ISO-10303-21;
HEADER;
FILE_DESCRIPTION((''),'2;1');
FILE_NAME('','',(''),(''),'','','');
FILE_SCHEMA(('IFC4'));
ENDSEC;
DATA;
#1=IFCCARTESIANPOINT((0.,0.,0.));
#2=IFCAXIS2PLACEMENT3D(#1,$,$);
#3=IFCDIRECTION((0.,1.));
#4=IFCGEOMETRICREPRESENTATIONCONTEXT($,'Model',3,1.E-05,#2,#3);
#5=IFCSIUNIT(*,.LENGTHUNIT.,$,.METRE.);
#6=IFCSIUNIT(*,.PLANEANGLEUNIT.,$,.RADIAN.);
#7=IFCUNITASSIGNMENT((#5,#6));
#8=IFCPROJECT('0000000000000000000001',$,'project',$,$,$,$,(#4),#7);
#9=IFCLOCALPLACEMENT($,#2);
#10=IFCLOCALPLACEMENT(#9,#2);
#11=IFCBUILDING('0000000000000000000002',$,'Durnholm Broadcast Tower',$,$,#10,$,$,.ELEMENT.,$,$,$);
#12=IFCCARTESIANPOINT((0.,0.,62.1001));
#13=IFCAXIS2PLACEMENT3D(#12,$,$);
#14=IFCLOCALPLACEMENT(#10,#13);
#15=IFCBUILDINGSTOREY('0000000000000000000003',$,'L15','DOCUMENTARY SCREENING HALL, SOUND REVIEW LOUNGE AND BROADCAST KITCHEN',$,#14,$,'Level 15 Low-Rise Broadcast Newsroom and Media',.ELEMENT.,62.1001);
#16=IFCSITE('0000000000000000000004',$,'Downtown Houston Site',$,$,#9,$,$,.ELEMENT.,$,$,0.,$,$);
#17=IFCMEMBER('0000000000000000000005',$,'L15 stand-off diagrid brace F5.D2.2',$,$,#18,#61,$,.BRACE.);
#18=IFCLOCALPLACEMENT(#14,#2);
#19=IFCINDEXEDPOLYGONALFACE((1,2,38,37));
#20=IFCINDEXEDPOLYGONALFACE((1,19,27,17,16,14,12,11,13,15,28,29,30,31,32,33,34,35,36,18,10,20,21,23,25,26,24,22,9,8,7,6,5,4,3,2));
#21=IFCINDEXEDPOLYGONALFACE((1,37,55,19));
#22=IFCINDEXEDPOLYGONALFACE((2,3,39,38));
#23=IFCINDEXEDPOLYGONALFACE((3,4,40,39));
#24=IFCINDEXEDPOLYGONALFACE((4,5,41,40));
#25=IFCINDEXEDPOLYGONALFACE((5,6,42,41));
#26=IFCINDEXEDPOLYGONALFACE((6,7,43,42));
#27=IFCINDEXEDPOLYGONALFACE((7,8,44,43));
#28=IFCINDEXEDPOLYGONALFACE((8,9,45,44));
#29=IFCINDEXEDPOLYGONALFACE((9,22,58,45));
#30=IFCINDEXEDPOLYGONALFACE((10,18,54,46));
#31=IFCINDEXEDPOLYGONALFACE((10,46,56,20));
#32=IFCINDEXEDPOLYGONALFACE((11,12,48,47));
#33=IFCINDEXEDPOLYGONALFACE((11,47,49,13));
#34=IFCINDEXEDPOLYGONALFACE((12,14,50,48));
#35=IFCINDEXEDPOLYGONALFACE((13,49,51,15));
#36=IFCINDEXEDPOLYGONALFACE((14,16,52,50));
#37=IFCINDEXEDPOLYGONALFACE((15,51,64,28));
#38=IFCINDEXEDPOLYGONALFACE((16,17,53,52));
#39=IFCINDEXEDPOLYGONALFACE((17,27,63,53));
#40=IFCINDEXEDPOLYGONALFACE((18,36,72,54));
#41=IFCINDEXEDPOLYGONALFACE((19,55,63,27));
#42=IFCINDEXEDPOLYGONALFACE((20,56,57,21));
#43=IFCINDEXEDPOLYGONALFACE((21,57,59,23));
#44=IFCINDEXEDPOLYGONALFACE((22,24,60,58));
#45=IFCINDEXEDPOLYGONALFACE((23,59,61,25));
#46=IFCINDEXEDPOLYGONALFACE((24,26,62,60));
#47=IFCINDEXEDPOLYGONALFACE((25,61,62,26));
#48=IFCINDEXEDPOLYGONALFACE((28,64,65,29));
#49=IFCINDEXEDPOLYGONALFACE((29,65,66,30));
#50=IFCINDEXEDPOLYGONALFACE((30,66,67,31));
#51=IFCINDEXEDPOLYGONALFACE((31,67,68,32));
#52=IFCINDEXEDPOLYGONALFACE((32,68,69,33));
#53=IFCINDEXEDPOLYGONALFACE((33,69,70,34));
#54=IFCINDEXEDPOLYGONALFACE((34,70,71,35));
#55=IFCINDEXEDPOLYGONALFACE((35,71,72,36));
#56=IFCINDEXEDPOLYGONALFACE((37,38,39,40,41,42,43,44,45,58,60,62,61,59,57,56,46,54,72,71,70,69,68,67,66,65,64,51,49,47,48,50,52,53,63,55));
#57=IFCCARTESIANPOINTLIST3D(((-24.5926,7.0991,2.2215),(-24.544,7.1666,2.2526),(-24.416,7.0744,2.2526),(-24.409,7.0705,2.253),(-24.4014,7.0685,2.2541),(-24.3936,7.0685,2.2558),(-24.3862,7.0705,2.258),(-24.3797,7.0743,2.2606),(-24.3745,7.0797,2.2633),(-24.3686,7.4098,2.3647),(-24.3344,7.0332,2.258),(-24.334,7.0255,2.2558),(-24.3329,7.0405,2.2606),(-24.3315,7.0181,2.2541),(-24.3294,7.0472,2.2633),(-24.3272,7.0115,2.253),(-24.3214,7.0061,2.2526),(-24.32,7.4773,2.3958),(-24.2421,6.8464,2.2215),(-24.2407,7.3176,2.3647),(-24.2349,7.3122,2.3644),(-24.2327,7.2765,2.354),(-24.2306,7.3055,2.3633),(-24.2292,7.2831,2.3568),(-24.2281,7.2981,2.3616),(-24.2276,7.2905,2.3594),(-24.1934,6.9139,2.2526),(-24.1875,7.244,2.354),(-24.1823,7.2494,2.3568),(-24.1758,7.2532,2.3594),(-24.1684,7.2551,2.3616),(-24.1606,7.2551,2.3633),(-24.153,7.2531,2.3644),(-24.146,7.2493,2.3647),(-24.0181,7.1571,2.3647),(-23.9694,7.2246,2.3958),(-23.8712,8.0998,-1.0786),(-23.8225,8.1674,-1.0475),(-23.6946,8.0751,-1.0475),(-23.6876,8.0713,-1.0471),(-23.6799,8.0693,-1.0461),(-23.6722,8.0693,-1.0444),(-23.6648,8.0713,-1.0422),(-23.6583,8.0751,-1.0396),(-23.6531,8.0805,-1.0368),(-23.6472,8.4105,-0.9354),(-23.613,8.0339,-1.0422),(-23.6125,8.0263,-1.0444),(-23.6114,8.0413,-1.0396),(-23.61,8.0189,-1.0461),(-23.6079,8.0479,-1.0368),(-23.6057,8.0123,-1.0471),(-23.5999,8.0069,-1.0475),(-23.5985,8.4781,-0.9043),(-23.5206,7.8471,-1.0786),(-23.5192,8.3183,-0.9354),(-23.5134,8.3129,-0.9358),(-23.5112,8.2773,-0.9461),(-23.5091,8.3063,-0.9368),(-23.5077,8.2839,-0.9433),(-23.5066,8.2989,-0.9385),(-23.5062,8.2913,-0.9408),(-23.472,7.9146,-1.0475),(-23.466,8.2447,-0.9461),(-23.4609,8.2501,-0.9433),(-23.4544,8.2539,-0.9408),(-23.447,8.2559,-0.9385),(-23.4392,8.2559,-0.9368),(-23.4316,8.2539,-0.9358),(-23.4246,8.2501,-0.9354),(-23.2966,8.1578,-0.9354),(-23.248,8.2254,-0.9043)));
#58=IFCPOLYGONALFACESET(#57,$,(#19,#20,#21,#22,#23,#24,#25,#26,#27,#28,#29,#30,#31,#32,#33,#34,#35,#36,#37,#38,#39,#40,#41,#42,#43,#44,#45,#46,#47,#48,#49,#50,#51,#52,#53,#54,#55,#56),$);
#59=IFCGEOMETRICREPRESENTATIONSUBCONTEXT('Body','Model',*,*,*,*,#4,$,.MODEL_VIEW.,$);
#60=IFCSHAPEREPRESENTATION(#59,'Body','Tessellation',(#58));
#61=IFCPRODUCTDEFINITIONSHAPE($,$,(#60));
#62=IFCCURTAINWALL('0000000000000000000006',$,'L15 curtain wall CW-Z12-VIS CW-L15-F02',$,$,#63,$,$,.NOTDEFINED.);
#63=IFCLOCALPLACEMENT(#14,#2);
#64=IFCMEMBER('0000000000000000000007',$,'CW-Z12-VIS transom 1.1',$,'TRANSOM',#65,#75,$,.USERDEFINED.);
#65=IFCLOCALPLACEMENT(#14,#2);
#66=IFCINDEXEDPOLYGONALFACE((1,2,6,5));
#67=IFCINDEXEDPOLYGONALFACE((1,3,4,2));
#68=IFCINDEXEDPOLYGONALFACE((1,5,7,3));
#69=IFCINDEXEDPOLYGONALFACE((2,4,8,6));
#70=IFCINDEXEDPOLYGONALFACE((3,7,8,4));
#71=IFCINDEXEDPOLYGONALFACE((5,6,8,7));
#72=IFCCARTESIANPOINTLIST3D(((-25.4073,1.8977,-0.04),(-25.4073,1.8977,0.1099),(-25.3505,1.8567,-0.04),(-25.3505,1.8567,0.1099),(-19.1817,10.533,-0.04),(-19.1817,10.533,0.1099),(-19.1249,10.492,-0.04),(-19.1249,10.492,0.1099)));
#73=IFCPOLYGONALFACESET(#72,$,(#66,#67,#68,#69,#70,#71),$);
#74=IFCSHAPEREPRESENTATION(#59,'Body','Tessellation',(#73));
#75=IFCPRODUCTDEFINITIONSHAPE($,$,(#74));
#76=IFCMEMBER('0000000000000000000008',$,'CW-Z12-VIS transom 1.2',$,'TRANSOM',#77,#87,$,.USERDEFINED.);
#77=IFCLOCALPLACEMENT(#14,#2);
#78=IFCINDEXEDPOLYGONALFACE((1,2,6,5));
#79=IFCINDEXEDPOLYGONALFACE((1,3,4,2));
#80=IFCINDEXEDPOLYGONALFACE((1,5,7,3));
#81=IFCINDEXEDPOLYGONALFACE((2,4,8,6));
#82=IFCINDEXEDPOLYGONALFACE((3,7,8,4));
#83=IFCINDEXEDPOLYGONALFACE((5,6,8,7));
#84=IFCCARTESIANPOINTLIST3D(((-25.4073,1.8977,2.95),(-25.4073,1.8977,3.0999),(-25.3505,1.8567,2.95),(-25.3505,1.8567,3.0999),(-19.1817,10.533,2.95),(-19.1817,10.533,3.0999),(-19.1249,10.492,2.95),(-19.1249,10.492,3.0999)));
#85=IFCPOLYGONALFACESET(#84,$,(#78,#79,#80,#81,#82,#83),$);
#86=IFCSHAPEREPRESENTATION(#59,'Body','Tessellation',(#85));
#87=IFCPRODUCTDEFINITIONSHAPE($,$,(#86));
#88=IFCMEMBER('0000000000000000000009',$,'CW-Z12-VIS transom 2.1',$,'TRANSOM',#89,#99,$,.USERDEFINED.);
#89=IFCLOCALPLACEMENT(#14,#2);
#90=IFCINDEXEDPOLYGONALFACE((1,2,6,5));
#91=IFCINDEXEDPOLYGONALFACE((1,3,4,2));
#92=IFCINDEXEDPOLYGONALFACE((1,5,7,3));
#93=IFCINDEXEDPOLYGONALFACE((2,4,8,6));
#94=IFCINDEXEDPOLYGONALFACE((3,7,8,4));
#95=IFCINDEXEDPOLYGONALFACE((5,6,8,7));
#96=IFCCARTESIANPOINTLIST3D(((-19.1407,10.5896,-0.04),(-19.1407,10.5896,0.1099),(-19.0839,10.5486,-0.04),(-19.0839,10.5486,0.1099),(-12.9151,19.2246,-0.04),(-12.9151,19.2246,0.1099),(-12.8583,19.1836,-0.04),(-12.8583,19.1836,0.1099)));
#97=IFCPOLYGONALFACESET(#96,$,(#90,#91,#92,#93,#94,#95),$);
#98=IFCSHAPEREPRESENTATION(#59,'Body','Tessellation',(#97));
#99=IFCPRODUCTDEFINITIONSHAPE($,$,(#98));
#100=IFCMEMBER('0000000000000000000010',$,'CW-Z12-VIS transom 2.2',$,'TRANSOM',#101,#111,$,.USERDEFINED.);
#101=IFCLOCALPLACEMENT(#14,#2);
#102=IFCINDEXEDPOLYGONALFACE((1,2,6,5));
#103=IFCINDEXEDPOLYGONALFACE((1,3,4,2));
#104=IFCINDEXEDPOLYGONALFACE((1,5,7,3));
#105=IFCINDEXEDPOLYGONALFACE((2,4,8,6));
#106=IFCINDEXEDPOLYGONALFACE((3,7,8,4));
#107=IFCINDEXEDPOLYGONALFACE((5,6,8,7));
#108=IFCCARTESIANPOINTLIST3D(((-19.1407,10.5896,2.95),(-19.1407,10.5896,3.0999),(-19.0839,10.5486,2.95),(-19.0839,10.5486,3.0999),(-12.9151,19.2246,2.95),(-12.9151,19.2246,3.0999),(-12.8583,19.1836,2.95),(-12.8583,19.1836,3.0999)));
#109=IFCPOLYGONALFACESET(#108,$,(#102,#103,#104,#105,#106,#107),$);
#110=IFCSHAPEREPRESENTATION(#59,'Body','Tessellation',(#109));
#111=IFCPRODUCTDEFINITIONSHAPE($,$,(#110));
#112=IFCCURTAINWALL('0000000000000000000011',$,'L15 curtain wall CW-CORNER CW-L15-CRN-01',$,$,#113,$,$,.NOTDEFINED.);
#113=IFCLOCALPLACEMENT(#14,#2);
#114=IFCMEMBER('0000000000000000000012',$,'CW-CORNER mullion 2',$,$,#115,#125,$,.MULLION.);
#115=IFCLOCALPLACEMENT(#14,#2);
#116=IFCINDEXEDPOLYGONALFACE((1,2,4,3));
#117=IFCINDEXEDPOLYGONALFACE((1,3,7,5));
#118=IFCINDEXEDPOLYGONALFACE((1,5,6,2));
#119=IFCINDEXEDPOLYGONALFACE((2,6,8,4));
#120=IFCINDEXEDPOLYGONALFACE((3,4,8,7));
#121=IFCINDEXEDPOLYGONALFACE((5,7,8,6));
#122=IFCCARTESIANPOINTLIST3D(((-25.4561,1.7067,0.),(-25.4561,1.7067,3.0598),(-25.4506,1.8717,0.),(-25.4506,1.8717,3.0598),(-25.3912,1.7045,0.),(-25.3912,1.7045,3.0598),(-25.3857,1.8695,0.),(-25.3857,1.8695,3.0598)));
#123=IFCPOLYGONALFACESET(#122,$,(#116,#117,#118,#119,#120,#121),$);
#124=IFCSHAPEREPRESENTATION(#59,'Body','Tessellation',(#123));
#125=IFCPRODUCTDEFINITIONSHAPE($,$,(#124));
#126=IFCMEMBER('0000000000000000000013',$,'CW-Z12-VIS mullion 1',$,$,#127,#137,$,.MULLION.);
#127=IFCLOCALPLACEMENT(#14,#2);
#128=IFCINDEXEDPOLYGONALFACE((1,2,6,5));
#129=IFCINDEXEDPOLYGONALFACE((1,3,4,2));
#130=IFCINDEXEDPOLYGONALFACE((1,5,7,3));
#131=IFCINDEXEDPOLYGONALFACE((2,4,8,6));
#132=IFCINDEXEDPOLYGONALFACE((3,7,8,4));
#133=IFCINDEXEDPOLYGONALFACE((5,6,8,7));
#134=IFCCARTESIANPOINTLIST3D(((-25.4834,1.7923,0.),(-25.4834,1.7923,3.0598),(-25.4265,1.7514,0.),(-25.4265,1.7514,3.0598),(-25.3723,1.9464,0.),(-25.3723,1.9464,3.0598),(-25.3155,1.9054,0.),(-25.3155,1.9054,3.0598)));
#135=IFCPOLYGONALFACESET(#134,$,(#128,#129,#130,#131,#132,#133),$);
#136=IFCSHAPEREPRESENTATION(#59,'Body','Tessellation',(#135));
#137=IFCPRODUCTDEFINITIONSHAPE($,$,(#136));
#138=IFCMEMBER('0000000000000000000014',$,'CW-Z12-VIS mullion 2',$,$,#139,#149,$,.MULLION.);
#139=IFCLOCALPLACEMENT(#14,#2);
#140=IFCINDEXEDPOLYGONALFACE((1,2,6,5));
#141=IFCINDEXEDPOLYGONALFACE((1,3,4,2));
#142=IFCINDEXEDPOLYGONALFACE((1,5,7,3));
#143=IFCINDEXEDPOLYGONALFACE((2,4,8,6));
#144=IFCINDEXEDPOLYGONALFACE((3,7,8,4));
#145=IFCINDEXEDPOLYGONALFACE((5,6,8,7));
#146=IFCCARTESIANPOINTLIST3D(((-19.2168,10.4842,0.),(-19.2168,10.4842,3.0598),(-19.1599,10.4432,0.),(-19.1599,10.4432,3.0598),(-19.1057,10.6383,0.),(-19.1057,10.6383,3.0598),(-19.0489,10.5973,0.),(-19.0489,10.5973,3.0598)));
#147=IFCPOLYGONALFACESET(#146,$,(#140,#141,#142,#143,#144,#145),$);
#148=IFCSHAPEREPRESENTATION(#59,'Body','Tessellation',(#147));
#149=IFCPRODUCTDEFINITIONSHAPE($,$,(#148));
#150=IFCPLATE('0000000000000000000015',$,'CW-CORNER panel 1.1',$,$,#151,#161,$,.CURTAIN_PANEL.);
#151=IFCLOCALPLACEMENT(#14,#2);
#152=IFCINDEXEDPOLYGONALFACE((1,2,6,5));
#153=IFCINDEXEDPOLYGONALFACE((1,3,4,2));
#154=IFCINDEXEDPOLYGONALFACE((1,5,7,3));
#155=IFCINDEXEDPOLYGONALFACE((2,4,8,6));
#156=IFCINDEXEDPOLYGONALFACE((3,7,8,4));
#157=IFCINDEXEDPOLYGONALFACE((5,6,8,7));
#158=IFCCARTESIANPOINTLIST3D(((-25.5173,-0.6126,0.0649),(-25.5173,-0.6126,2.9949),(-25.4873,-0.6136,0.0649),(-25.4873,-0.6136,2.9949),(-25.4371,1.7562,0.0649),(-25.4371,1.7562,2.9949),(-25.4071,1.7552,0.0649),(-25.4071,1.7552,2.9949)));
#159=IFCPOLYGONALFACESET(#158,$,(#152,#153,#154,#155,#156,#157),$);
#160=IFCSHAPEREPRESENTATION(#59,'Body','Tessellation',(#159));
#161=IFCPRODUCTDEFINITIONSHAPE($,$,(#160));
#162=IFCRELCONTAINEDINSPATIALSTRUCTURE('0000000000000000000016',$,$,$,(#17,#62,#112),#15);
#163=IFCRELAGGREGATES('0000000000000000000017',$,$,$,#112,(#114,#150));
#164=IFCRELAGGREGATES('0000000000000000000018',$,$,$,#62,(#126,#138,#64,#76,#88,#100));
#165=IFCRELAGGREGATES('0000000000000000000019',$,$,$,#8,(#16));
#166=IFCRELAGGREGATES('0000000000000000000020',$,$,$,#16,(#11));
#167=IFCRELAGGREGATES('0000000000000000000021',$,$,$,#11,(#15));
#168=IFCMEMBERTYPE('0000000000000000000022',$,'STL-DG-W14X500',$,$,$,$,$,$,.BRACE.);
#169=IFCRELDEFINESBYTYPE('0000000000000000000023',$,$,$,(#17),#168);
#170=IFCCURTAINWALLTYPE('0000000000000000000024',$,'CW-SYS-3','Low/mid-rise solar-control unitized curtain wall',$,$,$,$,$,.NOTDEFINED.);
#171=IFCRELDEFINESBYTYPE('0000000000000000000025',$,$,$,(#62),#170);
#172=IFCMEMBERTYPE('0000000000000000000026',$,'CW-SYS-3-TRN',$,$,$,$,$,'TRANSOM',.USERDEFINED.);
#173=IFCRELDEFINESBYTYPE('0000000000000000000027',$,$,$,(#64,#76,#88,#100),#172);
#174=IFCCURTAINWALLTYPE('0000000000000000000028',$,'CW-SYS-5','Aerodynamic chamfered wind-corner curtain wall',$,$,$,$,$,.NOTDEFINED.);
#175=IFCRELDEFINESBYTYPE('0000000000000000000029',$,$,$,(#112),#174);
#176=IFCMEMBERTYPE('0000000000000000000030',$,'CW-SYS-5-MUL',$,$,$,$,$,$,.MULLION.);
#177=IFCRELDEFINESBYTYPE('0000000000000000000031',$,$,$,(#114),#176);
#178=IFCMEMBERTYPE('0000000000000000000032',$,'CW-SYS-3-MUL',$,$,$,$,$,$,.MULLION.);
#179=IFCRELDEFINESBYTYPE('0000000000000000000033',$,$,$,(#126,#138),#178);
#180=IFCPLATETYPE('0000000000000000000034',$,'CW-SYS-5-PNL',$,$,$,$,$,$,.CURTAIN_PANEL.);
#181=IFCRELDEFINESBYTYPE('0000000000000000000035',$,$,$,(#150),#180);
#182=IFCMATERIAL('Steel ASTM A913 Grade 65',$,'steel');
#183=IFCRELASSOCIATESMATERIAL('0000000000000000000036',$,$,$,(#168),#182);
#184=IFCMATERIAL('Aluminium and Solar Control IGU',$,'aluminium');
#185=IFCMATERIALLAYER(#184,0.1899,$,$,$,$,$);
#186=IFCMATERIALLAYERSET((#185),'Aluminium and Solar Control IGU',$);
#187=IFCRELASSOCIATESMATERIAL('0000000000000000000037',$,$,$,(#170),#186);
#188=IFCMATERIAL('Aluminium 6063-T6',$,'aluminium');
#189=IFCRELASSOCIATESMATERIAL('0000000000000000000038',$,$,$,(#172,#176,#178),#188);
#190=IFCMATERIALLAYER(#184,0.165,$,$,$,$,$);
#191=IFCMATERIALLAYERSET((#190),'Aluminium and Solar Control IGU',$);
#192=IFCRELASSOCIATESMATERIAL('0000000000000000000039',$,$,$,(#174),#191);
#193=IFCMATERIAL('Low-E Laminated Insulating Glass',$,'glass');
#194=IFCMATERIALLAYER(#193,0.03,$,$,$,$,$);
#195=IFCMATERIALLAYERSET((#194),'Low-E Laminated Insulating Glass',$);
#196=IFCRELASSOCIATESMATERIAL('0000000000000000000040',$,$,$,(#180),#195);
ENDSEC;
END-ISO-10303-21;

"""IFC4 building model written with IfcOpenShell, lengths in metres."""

from ifc_helpers import new_model, si_unit, direction, frame, origin, origin_2d, place, context, subcontext, project, spatial, rectangle, i_section, extrude, source, transform, mapped, material, layer, layer_set, material_profile, profile_set, type_object, type_shapes, element, aggregate, save


model = new_model("IFC4")

# Units and contexts
model_context = context("Model", 3, precision=1e-05, world=origin(), true_north=direction((0.0, 1.0)))
body_context = subcontext(model_context, "Body", "Model", "MODEL_VIEW")
ifc_project = project(units=[si_unit("LENGTHUNIT", "METRE"), si_unit("PLANEANGLEUNIT", "RADIAN")], contexts=[model_context])

# Site, building, storey
site_placement = place(None, origin())
site = spatial("IfcSite", under=ifc_project, at=site_placement, Name="Downtown Houston Site", CompositionType="ELEMENT", RefElevation=0.0)
building_placement = place(site_placement, origin())
building = spatial("IfcBuilding", under=site, at=building_placement, Name="Durnholm Broadcast Tower", CompositionType="ELEMENT")
storey_placement = place(building_placement, frame((0.0, 0.0, 62.1001)))
storey = spatial("IfcBuildingStorey", under=building, at=storey_placement, Name="L15", Description="DOCUMENTARY SCREENING HALL, SOUND REVIEW LOUNGE AND BROADCAST KITCHEN", LongName="Level 15 Low-Rise Broadcast Newsroom and Media", CompositionType="ELEMENT", Elevation=62.1001)

# Member
ifc_material_1 = material(Name="Steel ASTM A913 Grade 65", Category="steel")
ifc_material_profile_1 = material_profile(ifc_material_1, i_section(OverallWidth=0.4321, OverallDepth=0.4978, WebThickness=0.0557, FlangeThickness=0.0889, FilletRadius=0.0305, at=origin_2d()), Name="W14X500")
ifc_profile_set_1 = profile_set([ifc_material_profile_1], Name="Steel ASTM A913 Grade 65")
member_type_1 = type_object("IfcMemberType", Name="STL-DG-W14X500", PredefinedType="BRACE", material=ifc_profile_set_1)
shared_shape_1 = source(origin(), body_context, "Body", "SweptSolid", [
    extrude(i_section(OverallWidth=0.4321, OverallDepth=0.4978, WebThickness=0.0557, FlangeThickness=0.0889, FilletRadius=0.0305, at=origin_2d()), origin(), (0.0, 0.0, 1.0), 3.5232),
])
type_shapes(member_type_1, [shared_shape_1])
for number, where, z_axis, x_axis, name in (
    (1, (-23.5596, 8.1626, -0.9915), (-0.204773, -0.284049, 0.936688), (0.811185, -0.584789, 0.0), "L15 stand-off diagrid brace F5.D2.2"),
):
    element("IfcMember", number, at=place(storey_placement, frame(where, z_axis=z_axis, x_axis=x_axis)), inside=storey, type_object=member_type_1, Name=name, PredefinedType="BRACE", context=body_context, shape_type="MappedRepresentation", body=[
        mapped(shared_shape_1, transform((0.0, 0.0, 0.0), x_axis=(1.0, 0.0, 0.0), y_axis=(0.0, 1.0, 0.0), z_axis=(0.0, 0.0, 1.0), scale=1.0)),
    ])

# Curtain wall, members
ifc_material_2 = material(Name="Aluminium and Solar Control IGU", Category="aluminium")
ifc_layer_1 = layer(ifc_material_2, 0.1899)
ifc_layer_set_1 = layer_set([ifc_layer_1], Name="Aluminium and Solar Control IGU")
curtain_wall_type_1 = type_object("IfcCurtainWallType", Name="CW-SYS-3", Description="Low/mid-rise solar-control unitized curtain wall", PredefinedType="NOTDEFINED", material=ifc_layer_set_1)
curtain_wall_1_placement = place(storey_placement, origin())
curtain_wall_1 = element("IfcCurtainWall", 2, at=curtain_wall_1_placement, inside=storey, type_object=curtain_wall_type_1, Name="L15 curtain wall CW-Z12-VIS CW-L15-F02", PredefinedType="NOTDEFINED")
ifc_material_3 = material(Name="Aluminium 6063-T6", Category="aluminium")
ifc_material_profile_2 = material_profile(ifc_material_3, rectangle(XDim=0.0701, YDim=0.1499, at=origin_2d()), Name="CWT70X150")
ifc_profile_set_2 = profile_set([ifc_material_profile_2], Name="Aluminium 6063-T6")
member_type_2 = type_object("IfcMemberType", Name="CW-SYS-3-TRN", ElementType="TRANSOM", PredefinedType="USERDEFINED", material=ifc_profile_set_2)
shared_shape_2 = source(origin(), body_context, "Body", "SweptSolid", [
    extrude(rectangle(XDim=0.0701, YDim=0.1499, at=origin_2d()), origin(), (0.0, 0.0, 1.0), 10.6455),
])
member_1_placement = place(storey_placement, frame((-25.3789, 1.8772, 0.0349), z_axis=(0.584812, 0.811169, 0.0), x_axis=(-0.811169, 0.584812, 0.0)))
member_1 = element("IfcMember", 3, at=member_1_placement, type_object=member_type_2, Name="CW-Z12-VIS transom 1.1", ObjectType="TRANSOM", PredefinedType="USERDEFINED", context=body_context, shape_type="MappedRepresentation", body=[
    mapped(shared_shape_2, transform((0.0, 0.0, 0.0), x_axis=(1.0, 0.0, 0.0), y_axis=(0.0, 1.0, 0.0), z_axis=(0.0, 0.0, 1.0), scale=1.0)),
])
member_2_placement = place(storey_placement, frame((-25.3789, 1.8772, 3.0249), z_axis=(0.584812, 0.811169, 0.0), x_axis=(-0.811169, 0.584812, 0.0)))
member_2 = element("IfcMember", 4, at=member_2_placement, type_object=member_type_2, Name="CW-Z12-VIS transom 1.2", ObjectType="TRANSOM", PredefinedType="USERDEFINED", context=body_context, shape_type="MappedRepresentation", body=[
    mapped(shared_shape_2, transform((0.0, 0.0, 0.0), x_axis=(1.0, 0.0, 0.0), y_axis=(0.0, 1.0, 0.0), z_axis=(0.0, 0.0, 1.0), scale=1.0)),
])
shared_shape_3 = source(origin(), body_context, "Body", "SweptSolid", [
    extrude(rectangle(XDim=0.0701, YDim=0.1499, at=origin_2d()), origin(), (0.0, 0.0, 1.0), 10.6453),
])
type_shapes(member_type_2, [shared_shape_2, shared_shape_3])
member_3_placement = place(storey_placement, frame((-19.1123, 10.5691, 0.0349), z_axis=(0.584823, 0.811161, 0.0), x_axis=(-0.811161, 0.584823, 0.0)))
member_3 = element("IfcMember", 5, at=member_3_placement, type_object=member_type_2, Name="CW-Z12-VIS transom 2.1", ObjectType="TRANSOM", PredefinedType="USERDEFINED", context=body_context, shape_type="MappedRepresentation", body=[
    mapped(shared_shape_3, transform((0.0, 0.0, 0.0), x_axis=(1.0, 0.0, 0.0), y_axis=(0.0, 1.0, 0.0), z_axis=(0.0, 0.0, 1.0), scale=1.0)),
])
member_4_placement = place(storey_placement, frame((-19.1123, 10.5691, 3.0249), z_axis=(0.584823, 0.811161, 0.0), x_axis=(-0.811161, 0.584823, 0.0)))
member_4 = element("IfcMember", 6, at=member_4_placement, type_object=member_type_2, Name="CW-Z12-VIS transom 2.2", ObjectType="TRANSOM", PredefinedType="USERDEFINED", context=body_context, shape_type="MappedRepresentation", body=[
    mapped(shared_shape_3, transform((0.0, 0.0, 0.0), x_axis=(1.0, 0.0, 0.0), y_axis=(0.0, 1.0, 0.0), z_axis=(0.0, 0.0, 1.0), scale=1.0)),
])

# Curtain wall, member
ifc_layer_2 = layer(ifc_material_2, 0.165)
ifc_layer_set_2 = layer_set([ifc_layer_2], Name="Aluminium and Solar Control IGU")
curtain_wall_type_2 = type_object("IfcCurtainWallType", Name="CW-SYS-5", Description="Aerodynamic chamfered wind-corner curtain wall", PredefinedType="NOTDEFINED", material=ifc_layer_set_2)
curtain_wall_2_placement = place(storey_placement, origin())
curtain_wall_2 = element("IfcCurtainWall", 7, at=curtain_wall_2_placement, inside=storey, type_object=curtain_wall_type_2, Name="L15 curtain wall CW-CORNER CW-L15-CRN-01", PredefinedType="NOTDEFINED")
ifc_material_profile_3 = material_profile(ifc_material_3, rectangle(XDim=0.0649, YDim=0.165, at=origin_2d()), Name="CWM65X165")
ifc_profile_set_3 = profile_set([ifc_material_profile_3], Name="Aluminium 6063-T6")
member_type_3 = type_object("IfcMemberType", Name="CW-SYS-5-MUL", PredefinedType="MULLION", material=ifc_profile_set_3)
shared_shape_4 = source(origin(), body_context, "Body", "SweptSolid", [
    extrude(rectangle(XDim=0.0649, YDim=0.165, at=origin_2d()), origin(), (0.0, 0.0, 1.0), 3.0598),
])
type_shapes(member_type_3, [shared_shape_4])
member_5_placement = place(storey_placement, frame((-25.4209, 1.7881, 0.0), z_axis=(0.0, 0.0, 1.0), x_axis=(-0.999427, 0.03384, 0.0)))
member_5 = element("IfcMember", 8, at=member_5_placement, type_object=member_type_3, Name="CW-CORNER mullion 2", PredefinedType="MULLION", context=body_context, shape_type="MappedRepresentation", body=[
    mapped(shared_shape_4, transform((0.0, 0.0, 0.0), x_axis=(1.0, 0.0, 0.0), y_axis=(0.0, 1.0, 0.0), z_axis=(0.0, 0.0, 1.0), scale=1.0)),
])

# Members
ifc_material_profile_4 = material_profile(ifc_material_3, rectangle(XDim=0.0701, YDim=0.1899, at=origin_2d()), Name="CWM70X190")
ifc_profile_set_4 = profile_set([ifc_material_profile_4], Name="Aluminium 6063-T6")
member_type_4 = type_object("IfcMemberType", Name="CW-SYS-3-MUL", PredefinedType="MULLION", material=ifc_profile_set_4)
shared_shape_5 = source(origin(), body_context, "Body", "SweptSolid", [
    extrude(rectangle(XDim=0.0701, YDim=0.1899, at=origin_2d()), origin(), (0.0, 0.0, 1.0), 3.0598),
])
type_shapes(member_type_4, [shared_shape_5])
member_6_placement = place(storey_placement, frame((-25.3994, 1.8489, 0.0), z_axis=(0.0, 0.0, 1.0), x_axis=(-0.811161, 0.584823, 0.0)))
member_6 = element("IfcMember", 9, at=member_6_placement, type_object=member_type_4, Name="CW-Z12-VIS mullion 1", PredefinedType="MULLION", context=body_context, shape_type="MappedRepresentation", body=[
    mapped(shared_shape_5, transform((0.0, 0.0, 0.0), x_axis=(1.0, 0.0, 0.0), y_axis=(0.0, 1.0, 0.0), z_axis=(0.0, 0.0, 1.0), scale=1.0)),
])
member_7_placement = place(storey_placement, frame((-19.1328, 10.5408, 0.0), z_axis=(0.0, 0.0, 1.0), x_axis=(-0.811161, 0.584823, 0.0)))
member_7 = element("IfcMember", 10, at=member_7_placement, type_object=member_type_4, Name="CW-Z12-VIS mullion 2", PredefinedType="MULLION", context=body_context, shape_type="MappedRepresentation", body=[
    mapped(shared_shape_5, transform((0.0, 0.0, 0.0), x_axis=(1.0, 0.0, 0.0), y_axis=(0.0, 1.0, 0.0), z_axis=(0.0, 0.0, 1.0), scale=1.0)),
])

# Plate
ifc_material_4 = material(Name="Low-E Laminated Insulating Glass", Category="glass")
ifc_layer_3 = layer(ifc_material_4, 0.03)
ifc_layer_set_3 = layer_set([ifc_layer_3], Name="Low-E Laminated Insulating Glass")
plate_type_1 = type_object("IfcPlateType", Name="CW-SYS-5-PNL", PredefinedType="CURTAIN_PANEL", material=ifc_layer_set_3)
shared_shape_6 = source(origin(), body_context, "Body", "SweptSolid", [
    extrude(rectangle(XDim=2.3701, YDim=0.03, at=origin_2d()), origin(), (0.0, 0.0, 1.0), 2.9299),
])
type_shapes(plate_type_1, [shared_shape_6])
plate_1_placement = place(storey_placement, frame((-25.4622, 0.5713, 0.0649), z_axis=(0.0, 0.0, 1.0), x_axis=(0.03384, 0.999427, 0.0)))
plate_1 = element("IfcPlate", 11, at=plate_1_placement, type_object=plate_type_1, Name="CW-CORNER panel 1.1", PredefinedType="CURTAIN_PANEL", context=body_context, shape_type="MappedRepresentation", body=[
    mapped(shared_shape_6, transform((0.0, 0.0, 0.0), x_axis=(1.0, 0.0, 0.0), y_axis=(0.0, 1.0, 0.0), z_axis=(0.0, 0.0, 1.0), scale=1.0)),
])
aggregate(curtain_wall_2, [member_5, plate_1])
aggregate(curtain_wall_1, [member_6, member_7, member_1, member_2, member_3, member_4])

save(model, "model.ifc")
